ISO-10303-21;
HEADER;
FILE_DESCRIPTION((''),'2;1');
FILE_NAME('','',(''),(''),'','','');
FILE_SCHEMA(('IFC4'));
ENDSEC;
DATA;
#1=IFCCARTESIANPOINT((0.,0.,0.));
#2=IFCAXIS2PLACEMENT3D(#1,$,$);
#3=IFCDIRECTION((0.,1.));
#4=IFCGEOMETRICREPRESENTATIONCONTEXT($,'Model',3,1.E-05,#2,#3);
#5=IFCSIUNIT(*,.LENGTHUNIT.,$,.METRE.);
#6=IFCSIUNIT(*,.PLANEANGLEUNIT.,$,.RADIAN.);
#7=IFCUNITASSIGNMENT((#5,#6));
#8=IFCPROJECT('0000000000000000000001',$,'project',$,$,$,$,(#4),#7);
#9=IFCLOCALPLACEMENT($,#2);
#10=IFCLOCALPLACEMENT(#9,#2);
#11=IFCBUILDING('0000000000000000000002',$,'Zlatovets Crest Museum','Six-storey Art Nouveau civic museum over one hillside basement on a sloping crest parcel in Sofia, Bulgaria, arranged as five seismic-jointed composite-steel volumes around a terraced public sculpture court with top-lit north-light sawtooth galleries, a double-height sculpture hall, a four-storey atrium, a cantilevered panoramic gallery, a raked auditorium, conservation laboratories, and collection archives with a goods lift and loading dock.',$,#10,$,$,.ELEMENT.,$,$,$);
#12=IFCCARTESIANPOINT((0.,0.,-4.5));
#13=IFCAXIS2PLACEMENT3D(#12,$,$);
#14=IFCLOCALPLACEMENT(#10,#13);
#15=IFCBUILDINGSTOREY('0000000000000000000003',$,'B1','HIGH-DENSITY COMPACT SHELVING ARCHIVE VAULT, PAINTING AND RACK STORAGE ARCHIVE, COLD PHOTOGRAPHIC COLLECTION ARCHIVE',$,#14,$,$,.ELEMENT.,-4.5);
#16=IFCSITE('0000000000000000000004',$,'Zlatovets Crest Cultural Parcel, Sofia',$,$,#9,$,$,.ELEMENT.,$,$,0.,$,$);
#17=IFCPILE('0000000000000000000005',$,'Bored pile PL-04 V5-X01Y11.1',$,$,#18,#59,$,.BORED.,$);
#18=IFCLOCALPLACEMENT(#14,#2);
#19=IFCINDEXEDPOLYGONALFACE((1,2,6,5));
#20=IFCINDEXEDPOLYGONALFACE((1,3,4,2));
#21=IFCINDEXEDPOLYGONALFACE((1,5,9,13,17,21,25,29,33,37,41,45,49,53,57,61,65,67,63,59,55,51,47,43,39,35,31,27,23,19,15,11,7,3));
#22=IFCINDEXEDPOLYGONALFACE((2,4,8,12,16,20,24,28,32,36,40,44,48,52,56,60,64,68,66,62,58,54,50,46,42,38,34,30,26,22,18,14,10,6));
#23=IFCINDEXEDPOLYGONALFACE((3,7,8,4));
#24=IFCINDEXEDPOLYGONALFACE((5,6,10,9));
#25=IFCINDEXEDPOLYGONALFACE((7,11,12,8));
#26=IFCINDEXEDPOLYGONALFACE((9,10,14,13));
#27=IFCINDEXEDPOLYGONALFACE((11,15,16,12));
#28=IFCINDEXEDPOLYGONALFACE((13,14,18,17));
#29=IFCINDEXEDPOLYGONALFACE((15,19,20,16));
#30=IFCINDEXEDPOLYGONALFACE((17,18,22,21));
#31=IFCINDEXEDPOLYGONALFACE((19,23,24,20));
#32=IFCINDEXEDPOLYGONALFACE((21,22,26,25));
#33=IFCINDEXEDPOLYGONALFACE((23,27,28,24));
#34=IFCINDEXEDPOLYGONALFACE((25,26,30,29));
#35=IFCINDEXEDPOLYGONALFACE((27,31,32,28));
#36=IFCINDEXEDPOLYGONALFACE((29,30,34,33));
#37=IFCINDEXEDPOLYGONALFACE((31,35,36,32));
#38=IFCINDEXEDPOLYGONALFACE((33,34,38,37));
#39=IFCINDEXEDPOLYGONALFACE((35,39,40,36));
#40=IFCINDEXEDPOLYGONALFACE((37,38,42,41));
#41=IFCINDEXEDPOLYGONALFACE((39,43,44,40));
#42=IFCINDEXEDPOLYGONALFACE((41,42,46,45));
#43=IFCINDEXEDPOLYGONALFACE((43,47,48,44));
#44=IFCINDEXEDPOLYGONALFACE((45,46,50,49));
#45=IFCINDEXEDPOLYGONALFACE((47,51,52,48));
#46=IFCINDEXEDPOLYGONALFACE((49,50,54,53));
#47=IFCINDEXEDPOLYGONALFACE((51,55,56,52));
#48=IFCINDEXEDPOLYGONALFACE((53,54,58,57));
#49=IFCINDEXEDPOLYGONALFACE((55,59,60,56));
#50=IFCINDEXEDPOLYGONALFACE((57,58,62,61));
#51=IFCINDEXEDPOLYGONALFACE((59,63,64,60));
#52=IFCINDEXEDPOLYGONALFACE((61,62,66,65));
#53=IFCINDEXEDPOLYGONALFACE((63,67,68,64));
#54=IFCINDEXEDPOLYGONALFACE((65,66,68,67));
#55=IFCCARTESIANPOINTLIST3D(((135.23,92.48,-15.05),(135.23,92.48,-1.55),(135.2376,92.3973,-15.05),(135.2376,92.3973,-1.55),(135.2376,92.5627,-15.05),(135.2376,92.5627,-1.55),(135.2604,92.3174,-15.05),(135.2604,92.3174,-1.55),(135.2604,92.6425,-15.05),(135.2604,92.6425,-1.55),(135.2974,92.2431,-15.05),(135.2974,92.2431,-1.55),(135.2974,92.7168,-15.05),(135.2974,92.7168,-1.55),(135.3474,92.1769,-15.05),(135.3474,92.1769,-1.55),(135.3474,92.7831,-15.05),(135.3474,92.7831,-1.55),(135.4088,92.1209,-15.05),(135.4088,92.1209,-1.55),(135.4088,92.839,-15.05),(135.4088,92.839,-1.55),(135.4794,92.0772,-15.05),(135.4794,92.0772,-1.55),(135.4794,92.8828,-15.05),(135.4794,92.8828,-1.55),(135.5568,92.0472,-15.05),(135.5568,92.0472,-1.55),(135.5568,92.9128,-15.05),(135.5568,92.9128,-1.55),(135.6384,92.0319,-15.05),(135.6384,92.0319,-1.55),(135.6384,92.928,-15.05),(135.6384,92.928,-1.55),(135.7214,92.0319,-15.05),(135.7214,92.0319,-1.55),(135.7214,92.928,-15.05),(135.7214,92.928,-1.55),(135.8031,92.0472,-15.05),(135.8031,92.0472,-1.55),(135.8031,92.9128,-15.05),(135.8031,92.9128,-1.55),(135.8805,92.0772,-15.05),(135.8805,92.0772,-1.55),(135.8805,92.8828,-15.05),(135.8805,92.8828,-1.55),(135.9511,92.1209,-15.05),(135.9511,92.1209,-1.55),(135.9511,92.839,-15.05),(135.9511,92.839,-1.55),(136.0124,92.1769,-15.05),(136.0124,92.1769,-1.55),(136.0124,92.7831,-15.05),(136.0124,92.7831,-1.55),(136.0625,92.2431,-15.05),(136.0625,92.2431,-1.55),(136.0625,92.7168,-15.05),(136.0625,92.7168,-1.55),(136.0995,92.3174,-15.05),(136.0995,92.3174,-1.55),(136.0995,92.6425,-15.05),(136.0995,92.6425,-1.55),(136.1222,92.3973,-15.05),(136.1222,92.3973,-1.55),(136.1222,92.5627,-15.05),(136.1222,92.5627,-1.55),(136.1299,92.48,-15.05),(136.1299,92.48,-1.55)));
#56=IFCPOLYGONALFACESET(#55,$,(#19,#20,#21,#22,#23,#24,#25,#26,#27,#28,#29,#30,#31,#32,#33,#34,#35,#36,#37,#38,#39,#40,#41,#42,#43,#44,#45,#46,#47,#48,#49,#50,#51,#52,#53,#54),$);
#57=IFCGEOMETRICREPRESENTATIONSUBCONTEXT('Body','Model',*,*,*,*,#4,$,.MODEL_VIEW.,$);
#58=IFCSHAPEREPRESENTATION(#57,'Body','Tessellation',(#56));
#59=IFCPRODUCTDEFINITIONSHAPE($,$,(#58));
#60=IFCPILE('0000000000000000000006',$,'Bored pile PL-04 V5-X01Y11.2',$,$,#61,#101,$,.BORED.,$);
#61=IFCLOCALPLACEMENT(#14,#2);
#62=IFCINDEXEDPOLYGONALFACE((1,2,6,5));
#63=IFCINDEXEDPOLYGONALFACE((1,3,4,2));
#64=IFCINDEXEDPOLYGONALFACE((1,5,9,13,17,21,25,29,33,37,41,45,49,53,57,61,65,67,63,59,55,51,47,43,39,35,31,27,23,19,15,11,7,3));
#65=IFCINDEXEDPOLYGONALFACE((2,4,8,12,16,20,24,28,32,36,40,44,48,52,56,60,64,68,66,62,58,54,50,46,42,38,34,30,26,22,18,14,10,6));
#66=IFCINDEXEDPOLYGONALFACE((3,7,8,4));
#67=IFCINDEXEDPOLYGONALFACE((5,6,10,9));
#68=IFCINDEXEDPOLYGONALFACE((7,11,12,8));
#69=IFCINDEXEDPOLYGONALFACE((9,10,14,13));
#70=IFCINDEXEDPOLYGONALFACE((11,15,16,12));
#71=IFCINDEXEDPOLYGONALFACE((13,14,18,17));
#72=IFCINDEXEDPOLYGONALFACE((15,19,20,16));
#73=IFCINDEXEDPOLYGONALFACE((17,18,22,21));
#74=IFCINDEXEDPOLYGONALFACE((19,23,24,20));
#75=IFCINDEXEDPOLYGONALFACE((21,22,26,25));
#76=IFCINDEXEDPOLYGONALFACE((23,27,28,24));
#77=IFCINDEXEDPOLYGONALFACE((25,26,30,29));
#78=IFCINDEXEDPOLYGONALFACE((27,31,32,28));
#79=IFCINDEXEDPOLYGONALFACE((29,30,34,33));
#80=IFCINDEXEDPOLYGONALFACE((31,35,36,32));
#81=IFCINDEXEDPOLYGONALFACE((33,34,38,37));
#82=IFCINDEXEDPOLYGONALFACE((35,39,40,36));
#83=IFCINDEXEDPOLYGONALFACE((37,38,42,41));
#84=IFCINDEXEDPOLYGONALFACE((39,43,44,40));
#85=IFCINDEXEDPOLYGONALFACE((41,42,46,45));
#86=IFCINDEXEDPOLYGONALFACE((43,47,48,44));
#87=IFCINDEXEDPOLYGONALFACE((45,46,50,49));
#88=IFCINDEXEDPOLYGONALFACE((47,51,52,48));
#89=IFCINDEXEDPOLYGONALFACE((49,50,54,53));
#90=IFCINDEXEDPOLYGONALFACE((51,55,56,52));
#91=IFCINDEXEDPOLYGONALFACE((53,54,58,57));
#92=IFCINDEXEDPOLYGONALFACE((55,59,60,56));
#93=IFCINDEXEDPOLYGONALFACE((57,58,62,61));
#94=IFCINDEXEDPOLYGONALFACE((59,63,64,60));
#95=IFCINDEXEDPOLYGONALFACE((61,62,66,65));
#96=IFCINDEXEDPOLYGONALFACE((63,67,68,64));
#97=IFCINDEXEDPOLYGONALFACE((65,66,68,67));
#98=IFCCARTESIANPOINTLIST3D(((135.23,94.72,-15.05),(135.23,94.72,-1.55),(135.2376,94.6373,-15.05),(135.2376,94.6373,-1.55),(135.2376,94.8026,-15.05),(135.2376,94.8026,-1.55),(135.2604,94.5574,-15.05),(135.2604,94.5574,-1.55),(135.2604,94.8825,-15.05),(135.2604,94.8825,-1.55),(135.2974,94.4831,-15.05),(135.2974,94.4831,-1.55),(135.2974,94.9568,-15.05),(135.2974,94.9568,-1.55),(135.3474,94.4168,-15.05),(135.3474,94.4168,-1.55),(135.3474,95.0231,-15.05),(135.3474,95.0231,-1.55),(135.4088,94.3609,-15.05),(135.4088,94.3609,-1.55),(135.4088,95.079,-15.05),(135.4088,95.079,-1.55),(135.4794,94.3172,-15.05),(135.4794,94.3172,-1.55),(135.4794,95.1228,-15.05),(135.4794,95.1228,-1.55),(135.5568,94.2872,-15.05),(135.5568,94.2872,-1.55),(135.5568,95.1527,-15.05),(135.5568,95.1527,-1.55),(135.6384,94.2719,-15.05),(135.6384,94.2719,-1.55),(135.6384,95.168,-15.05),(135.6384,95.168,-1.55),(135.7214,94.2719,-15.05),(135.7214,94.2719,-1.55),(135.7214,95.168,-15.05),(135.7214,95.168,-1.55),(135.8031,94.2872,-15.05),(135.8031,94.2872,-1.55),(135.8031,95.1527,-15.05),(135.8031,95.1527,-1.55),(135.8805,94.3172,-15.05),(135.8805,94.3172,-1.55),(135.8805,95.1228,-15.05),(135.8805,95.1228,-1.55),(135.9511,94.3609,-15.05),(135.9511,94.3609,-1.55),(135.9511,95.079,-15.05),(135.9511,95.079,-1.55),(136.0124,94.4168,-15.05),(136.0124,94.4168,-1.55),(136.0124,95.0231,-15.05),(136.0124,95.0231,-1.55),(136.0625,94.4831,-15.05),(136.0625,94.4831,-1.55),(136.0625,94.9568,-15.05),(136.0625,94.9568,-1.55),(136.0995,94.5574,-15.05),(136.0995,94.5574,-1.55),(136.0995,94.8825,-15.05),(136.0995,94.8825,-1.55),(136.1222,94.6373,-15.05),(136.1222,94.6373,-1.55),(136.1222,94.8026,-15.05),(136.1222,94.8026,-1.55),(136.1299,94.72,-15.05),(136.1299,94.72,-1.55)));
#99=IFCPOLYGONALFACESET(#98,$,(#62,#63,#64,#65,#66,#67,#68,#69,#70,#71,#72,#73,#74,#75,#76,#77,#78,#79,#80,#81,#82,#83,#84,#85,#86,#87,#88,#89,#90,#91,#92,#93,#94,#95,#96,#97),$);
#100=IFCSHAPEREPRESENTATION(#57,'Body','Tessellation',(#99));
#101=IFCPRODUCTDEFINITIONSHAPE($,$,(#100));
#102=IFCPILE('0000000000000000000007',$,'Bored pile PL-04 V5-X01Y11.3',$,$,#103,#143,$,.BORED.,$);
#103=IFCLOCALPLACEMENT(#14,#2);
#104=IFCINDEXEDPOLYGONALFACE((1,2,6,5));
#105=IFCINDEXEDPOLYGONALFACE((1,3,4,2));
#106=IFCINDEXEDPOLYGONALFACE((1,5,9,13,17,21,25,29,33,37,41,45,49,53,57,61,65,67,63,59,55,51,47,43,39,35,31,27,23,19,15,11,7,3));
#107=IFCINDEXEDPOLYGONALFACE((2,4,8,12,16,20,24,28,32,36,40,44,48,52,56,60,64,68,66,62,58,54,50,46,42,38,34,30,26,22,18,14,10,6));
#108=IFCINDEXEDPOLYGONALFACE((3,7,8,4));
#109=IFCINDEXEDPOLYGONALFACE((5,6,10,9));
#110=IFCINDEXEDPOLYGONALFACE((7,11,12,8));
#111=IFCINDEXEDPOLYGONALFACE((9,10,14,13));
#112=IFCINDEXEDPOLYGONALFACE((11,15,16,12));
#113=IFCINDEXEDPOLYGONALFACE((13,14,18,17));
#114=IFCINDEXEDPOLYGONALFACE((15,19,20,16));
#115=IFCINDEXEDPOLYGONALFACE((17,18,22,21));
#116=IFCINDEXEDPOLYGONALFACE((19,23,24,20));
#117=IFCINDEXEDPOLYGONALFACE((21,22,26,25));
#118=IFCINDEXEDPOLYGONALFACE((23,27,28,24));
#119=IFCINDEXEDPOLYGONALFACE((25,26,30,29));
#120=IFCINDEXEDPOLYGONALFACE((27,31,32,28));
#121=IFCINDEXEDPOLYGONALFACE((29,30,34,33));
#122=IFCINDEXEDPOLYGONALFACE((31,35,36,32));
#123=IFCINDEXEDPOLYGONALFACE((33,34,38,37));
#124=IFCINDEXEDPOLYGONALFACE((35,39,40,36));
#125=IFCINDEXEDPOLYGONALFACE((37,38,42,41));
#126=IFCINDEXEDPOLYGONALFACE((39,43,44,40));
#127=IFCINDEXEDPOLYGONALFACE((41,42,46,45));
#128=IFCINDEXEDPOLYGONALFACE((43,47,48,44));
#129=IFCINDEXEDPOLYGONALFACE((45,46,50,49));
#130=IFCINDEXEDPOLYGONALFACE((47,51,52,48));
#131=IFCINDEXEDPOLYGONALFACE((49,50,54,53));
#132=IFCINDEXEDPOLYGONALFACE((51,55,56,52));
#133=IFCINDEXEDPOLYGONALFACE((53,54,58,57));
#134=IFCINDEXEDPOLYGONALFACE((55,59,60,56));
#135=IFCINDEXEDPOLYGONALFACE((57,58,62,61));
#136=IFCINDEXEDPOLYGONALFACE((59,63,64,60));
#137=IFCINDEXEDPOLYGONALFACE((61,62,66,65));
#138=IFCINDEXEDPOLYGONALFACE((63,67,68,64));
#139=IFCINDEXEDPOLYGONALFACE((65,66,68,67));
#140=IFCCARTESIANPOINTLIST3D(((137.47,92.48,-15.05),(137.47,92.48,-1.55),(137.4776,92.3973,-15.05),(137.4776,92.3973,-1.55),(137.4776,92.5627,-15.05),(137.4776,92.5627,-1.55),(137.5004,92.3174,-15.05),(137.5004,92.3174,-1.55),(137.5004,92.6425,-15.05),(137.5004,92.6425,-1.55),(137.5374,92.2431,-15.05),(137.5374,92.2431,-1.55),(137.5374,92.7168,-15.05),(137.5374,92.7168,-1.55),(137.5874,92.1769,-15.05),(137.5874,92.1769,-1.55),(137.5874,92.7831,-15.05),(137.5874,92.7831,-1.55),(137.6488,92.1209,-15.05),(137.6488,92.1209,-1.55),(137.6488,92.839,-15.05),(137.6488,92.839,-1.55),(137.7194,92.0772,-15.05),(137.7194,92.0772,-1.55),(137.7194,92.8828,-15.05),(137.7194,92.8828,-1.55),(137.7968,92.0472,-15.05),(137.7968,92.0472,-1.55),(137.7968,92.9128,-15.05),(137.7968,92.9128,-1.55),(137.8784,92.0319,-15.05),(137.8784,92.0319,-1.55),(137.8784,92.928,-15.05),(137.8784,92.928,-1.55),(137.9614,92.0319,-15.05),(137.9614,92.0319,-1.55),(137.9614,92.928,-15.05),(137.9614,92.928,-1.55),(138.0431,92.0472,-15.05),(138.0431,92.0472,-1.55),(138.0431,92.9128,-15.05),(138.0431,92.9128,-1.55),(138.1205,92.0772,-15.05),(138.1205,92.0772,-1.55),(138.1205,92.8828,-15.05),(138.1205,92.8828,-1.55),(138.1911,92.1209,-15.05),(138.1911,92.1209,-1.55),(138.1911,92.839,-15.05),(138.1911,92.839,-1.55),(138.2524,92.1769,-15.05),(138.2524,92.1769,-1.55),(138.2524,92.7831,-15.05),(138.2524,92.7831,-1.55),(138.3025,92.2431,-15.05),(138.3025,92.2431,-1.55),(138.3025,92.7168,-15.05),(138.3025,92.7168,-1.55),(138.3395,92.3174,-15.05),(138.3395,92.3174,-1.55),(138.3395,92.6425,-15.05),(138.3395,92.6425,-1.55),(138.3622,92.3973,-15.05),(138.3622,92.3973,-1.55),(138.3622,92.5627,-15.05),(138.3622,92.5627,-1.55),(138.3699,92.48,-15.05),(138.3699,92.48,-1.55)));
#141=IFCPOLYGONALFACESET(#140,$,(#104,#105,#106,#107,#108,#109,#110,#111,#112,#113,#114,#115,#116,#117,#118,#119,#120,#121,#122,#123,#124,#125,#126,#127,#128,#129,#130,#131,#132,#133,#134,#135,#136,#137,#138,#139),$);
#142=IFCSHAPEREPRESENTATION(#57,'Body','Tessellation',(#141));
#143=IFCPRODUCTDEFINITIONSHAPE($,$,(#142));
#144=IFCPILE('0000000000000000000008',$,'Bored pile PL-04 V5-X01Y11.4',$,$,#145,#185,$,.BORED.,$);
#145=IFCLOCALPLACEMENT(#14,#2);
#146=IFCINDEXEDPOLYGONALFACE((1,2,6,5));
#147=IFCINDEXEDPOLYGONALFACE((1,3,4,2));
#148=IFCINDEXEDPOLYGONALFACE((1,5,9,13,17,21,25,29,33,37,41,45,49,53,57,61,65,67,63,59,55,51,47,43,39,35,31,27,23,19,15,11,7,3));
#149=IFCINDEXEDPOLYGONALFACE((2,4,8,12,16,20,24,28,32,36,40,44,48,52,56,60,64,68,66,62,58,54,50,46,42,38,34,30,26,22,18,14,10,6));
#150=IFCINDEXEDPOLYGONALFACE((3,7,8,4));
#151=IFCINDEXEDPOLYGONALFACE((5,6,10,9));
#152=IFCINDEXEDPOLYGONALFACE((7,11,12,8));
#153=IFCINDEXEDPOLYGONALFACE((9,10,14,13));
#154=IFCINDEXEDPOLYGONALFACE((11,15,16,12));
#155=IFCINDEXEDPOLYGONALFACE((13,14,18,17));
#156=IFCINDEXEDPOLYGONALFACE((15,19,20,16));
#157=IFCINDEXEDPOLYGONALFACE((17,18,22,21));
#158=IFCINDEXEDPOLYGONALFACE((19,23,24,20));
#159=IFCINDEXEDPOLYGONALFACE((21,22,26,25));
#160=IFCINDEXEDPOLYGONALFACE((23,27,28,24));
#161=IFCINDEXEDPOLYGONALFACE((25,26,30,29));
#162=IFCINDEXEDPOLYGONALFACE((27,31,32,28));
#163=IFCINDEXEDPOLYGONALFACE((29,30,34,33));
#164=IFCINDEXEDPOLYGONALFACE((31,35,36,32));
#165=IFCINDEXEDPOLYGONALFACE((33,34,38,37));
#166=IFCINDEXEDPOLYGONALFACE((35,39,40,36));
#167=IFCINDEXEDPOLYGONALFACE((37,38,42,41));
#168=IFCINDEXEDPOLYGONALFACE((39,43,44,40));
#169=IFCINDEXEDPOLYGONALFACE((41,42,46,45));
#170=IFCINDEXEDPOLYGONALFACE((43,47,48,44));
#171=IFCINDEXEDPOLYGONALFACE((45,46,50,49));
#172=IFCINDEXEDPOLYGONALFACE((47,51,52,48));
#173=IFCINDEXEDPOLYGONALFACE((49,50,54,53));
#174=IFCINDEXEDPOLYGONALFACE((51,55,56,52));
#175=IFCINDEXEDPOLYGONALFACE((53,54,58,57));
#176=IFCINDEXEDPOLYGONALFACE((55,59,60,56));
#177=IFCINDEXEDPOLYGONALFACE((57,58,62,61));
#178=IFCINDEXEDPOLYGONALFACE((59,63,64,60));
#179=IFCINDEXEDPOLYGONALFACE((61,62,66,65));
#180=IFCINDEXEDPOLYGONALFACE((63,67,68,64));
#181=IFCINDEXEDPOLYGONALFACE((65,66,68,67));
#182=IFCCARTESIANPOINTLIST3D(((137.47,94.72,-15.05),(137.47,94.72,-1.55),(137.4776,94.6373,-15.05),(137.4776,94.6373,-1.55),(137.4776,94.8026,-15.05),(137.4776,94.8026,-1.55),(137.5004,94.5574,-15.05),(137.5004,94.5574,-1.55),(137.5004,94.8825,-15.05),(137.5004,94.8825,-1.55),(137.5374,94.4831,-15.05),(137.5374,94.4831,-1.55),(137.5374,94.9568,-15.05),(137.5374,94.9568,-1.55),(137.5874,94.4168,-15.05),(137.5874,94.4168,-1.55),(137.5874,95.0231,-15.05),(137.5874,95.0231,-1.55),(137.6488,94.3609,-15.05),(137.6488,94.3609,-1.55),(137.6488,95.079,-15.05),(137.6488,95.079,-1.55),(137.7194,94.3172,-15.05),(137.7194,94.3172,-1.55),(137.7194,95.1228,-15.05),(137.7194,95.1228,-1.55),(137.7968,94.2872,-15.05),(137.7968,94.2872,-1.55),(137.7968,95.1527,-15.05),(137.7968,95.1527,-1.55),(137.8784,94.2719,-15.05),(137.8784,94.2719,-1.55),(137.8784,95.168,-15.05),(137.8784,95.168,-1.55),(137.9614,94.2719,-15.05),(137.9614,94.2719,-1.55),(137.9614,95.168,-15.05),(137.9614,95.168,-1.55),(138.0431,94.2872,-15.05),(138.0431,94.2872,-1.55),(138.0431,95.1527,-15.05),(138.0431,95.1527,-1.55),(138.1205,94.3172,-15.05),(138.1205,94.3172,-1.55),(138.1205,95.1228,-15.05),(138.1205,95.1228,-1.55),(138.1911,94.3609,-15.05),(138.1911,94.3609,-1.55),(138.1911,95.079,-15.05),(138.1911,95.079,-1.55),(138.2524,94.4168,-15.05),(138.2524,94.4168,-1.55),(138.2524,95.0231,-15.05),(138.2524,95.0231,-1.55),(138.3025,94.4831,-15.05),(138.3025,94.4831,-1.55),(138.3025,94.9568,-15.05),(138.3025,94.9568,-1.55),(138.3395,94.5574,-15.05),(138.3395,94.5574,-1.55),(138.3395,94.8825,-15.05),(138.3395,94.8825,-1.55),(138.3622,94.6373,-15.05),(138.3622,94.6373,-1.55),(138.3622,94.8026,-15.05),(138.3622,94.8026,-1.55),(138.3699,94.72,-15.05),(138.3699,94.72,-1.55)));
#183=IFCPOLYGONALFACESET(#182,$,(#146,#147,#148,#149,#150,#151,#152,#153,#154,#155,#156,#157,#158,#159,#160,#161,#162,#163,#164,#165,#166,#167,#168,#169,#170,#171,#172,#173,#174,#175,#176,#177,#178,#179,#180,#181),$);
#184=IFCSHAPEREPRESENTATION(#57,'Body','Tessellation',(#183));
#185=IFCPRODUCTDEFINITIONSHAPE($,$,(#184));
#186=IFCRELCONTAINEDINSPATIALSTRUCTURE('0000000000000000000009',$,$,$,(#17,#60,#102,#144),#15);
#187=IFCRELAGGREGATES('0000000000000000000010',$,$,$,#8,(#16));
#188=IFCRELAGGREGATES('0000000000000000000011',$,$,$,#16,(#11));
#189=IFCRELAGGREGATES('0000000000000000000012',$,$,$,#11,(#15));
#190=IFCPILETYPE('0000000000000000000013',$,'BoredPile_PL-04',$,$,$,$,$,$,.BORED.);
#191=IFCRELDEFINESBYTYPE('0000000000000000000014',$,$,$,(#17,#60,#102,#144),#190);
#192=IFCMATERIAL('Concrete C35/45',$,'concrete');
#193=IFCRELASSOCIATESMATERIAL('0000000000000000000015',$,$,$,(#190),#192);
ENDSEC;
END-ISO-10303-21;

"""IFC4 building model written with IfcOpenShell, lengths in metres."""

from ifc_helpers import new_model, si_unit, direction, frame, origin, origin_2d, place, context, subcontext, project, spatial, circle, extrude, material, material_profile, profile_set, type_object, element, save


model = new_model("IFC4")

# Units and contexts
model_context = context("Model", 3, precision=1e-05, world=origin(), true_north=direction((0.0, 1.0)))
body_context = subcontext(model_context, "Body", "Model", "MODEL_VIEW")
ifc_project = project(units=[si_unit("LENGTHUNIT", "METRE"), si_unit("PLANEANGLEUNIT", "RADIAN")], contexts=[model_context])

# Site, building, storey
site_placement = place(None, origin())
site = spatial("IfcSite", under=ifc_project, at=site_placement, Name="Zlatovets Crest Cultural Parcel, Sofia", CompositionType="ELEMENT", RefElevation=0.0)
building_placement = place(site_placement, origin())
building = spatial("IfcBuilding", under=site, at=building_placement, Name="Zlatovets Crest Museum", Description="Six-storey Art Nouveau civic museum over one hillside basement on a sloping crest parcel in Sofia, Bulgaria, arranged as five seismic-jointed composite-steel volumes around a terraced public sculpture court with top-lit north-light sawtooth galleries, a double-height sculpture hall, a four-storey atrium, a cantilevered panoramic gallery, a raked auditorium, conservation laboratories, and collection archives with a goods lift and loading dock.", CompositionType="ELEMENT")
storey_placement = place(building_placement, frame((0.0, 0.0, -4.5)))
storey = spatial("IfcBuildingStorey", under=building, at=storey_placement, Name="B1", Description="HIGH-DENSITY COMPACT SHELVING ARCHIVE VAULT, PAINTING AND RACK STORAGE ARCHIVE, COLD PHOTOGRAPHIC COLLECTION ARCHIVE", CompositionType="ELEMENT", Elevation=-4.5)

# Piles
ifc_material_1 = material(Name="Concrete C35/45", Category="concrete")
ifc_material_profile_1 = material_profile(ifc_material_1, circle(Radius=0.45, at=origin_2d()), Name="PILE D900")
ifc_profile_set_1 = profile_set([ifc_material_profile_1], Name="Concrete C35/45")
pile_type = type_object("IfcPileType", Name="BoredPile_PL-04", PredefinedType="BORED", material=ifc_profile_set_1)
for number, where, z_axis, x_axis, name in (
    (1, (135.6799, 92.48, -1.55), (0.0, 0.0, -1.0), (1.0, 0.0, 0.0), "Bored pile PL-04 V5-X01Y11.1"),
    (2, (135.6799, 94.72, -1.55), (0.0, 0.0, -1.0), (1.0, 0.0, 0.0), "Bored pile PL-04 V5-X01Y11.2"),
    (3, (137.9199, 92.48, -1.55), (0.0, 0.0, -1.0), (1.0, 0.0, 0.0), "Bored pile PL-04 V5-X01Y11.3"),
    (4, (137.9199, 94.72, -1.55), (0.0, 0.0, -1.0), (1.0, 0.0, 0.0), "Bored pile PL-04 V5-X01Y11.4"),
):
    element("IfcPile", number, at=place(storey_placement, frame(where, z_axis=z_axis, x_axis=x_axis)), inside=storey, type_object=pile_type, Name=name, PredefinedType="BORED", context=body_context, shape_type="SweptSolid", body=[
        extrude(circle(Radius=0.45, at=origin_2d()), origin(), (0.0, 0.0, 1.0), 13.5),
    ])

save(model, "model.ifc")
